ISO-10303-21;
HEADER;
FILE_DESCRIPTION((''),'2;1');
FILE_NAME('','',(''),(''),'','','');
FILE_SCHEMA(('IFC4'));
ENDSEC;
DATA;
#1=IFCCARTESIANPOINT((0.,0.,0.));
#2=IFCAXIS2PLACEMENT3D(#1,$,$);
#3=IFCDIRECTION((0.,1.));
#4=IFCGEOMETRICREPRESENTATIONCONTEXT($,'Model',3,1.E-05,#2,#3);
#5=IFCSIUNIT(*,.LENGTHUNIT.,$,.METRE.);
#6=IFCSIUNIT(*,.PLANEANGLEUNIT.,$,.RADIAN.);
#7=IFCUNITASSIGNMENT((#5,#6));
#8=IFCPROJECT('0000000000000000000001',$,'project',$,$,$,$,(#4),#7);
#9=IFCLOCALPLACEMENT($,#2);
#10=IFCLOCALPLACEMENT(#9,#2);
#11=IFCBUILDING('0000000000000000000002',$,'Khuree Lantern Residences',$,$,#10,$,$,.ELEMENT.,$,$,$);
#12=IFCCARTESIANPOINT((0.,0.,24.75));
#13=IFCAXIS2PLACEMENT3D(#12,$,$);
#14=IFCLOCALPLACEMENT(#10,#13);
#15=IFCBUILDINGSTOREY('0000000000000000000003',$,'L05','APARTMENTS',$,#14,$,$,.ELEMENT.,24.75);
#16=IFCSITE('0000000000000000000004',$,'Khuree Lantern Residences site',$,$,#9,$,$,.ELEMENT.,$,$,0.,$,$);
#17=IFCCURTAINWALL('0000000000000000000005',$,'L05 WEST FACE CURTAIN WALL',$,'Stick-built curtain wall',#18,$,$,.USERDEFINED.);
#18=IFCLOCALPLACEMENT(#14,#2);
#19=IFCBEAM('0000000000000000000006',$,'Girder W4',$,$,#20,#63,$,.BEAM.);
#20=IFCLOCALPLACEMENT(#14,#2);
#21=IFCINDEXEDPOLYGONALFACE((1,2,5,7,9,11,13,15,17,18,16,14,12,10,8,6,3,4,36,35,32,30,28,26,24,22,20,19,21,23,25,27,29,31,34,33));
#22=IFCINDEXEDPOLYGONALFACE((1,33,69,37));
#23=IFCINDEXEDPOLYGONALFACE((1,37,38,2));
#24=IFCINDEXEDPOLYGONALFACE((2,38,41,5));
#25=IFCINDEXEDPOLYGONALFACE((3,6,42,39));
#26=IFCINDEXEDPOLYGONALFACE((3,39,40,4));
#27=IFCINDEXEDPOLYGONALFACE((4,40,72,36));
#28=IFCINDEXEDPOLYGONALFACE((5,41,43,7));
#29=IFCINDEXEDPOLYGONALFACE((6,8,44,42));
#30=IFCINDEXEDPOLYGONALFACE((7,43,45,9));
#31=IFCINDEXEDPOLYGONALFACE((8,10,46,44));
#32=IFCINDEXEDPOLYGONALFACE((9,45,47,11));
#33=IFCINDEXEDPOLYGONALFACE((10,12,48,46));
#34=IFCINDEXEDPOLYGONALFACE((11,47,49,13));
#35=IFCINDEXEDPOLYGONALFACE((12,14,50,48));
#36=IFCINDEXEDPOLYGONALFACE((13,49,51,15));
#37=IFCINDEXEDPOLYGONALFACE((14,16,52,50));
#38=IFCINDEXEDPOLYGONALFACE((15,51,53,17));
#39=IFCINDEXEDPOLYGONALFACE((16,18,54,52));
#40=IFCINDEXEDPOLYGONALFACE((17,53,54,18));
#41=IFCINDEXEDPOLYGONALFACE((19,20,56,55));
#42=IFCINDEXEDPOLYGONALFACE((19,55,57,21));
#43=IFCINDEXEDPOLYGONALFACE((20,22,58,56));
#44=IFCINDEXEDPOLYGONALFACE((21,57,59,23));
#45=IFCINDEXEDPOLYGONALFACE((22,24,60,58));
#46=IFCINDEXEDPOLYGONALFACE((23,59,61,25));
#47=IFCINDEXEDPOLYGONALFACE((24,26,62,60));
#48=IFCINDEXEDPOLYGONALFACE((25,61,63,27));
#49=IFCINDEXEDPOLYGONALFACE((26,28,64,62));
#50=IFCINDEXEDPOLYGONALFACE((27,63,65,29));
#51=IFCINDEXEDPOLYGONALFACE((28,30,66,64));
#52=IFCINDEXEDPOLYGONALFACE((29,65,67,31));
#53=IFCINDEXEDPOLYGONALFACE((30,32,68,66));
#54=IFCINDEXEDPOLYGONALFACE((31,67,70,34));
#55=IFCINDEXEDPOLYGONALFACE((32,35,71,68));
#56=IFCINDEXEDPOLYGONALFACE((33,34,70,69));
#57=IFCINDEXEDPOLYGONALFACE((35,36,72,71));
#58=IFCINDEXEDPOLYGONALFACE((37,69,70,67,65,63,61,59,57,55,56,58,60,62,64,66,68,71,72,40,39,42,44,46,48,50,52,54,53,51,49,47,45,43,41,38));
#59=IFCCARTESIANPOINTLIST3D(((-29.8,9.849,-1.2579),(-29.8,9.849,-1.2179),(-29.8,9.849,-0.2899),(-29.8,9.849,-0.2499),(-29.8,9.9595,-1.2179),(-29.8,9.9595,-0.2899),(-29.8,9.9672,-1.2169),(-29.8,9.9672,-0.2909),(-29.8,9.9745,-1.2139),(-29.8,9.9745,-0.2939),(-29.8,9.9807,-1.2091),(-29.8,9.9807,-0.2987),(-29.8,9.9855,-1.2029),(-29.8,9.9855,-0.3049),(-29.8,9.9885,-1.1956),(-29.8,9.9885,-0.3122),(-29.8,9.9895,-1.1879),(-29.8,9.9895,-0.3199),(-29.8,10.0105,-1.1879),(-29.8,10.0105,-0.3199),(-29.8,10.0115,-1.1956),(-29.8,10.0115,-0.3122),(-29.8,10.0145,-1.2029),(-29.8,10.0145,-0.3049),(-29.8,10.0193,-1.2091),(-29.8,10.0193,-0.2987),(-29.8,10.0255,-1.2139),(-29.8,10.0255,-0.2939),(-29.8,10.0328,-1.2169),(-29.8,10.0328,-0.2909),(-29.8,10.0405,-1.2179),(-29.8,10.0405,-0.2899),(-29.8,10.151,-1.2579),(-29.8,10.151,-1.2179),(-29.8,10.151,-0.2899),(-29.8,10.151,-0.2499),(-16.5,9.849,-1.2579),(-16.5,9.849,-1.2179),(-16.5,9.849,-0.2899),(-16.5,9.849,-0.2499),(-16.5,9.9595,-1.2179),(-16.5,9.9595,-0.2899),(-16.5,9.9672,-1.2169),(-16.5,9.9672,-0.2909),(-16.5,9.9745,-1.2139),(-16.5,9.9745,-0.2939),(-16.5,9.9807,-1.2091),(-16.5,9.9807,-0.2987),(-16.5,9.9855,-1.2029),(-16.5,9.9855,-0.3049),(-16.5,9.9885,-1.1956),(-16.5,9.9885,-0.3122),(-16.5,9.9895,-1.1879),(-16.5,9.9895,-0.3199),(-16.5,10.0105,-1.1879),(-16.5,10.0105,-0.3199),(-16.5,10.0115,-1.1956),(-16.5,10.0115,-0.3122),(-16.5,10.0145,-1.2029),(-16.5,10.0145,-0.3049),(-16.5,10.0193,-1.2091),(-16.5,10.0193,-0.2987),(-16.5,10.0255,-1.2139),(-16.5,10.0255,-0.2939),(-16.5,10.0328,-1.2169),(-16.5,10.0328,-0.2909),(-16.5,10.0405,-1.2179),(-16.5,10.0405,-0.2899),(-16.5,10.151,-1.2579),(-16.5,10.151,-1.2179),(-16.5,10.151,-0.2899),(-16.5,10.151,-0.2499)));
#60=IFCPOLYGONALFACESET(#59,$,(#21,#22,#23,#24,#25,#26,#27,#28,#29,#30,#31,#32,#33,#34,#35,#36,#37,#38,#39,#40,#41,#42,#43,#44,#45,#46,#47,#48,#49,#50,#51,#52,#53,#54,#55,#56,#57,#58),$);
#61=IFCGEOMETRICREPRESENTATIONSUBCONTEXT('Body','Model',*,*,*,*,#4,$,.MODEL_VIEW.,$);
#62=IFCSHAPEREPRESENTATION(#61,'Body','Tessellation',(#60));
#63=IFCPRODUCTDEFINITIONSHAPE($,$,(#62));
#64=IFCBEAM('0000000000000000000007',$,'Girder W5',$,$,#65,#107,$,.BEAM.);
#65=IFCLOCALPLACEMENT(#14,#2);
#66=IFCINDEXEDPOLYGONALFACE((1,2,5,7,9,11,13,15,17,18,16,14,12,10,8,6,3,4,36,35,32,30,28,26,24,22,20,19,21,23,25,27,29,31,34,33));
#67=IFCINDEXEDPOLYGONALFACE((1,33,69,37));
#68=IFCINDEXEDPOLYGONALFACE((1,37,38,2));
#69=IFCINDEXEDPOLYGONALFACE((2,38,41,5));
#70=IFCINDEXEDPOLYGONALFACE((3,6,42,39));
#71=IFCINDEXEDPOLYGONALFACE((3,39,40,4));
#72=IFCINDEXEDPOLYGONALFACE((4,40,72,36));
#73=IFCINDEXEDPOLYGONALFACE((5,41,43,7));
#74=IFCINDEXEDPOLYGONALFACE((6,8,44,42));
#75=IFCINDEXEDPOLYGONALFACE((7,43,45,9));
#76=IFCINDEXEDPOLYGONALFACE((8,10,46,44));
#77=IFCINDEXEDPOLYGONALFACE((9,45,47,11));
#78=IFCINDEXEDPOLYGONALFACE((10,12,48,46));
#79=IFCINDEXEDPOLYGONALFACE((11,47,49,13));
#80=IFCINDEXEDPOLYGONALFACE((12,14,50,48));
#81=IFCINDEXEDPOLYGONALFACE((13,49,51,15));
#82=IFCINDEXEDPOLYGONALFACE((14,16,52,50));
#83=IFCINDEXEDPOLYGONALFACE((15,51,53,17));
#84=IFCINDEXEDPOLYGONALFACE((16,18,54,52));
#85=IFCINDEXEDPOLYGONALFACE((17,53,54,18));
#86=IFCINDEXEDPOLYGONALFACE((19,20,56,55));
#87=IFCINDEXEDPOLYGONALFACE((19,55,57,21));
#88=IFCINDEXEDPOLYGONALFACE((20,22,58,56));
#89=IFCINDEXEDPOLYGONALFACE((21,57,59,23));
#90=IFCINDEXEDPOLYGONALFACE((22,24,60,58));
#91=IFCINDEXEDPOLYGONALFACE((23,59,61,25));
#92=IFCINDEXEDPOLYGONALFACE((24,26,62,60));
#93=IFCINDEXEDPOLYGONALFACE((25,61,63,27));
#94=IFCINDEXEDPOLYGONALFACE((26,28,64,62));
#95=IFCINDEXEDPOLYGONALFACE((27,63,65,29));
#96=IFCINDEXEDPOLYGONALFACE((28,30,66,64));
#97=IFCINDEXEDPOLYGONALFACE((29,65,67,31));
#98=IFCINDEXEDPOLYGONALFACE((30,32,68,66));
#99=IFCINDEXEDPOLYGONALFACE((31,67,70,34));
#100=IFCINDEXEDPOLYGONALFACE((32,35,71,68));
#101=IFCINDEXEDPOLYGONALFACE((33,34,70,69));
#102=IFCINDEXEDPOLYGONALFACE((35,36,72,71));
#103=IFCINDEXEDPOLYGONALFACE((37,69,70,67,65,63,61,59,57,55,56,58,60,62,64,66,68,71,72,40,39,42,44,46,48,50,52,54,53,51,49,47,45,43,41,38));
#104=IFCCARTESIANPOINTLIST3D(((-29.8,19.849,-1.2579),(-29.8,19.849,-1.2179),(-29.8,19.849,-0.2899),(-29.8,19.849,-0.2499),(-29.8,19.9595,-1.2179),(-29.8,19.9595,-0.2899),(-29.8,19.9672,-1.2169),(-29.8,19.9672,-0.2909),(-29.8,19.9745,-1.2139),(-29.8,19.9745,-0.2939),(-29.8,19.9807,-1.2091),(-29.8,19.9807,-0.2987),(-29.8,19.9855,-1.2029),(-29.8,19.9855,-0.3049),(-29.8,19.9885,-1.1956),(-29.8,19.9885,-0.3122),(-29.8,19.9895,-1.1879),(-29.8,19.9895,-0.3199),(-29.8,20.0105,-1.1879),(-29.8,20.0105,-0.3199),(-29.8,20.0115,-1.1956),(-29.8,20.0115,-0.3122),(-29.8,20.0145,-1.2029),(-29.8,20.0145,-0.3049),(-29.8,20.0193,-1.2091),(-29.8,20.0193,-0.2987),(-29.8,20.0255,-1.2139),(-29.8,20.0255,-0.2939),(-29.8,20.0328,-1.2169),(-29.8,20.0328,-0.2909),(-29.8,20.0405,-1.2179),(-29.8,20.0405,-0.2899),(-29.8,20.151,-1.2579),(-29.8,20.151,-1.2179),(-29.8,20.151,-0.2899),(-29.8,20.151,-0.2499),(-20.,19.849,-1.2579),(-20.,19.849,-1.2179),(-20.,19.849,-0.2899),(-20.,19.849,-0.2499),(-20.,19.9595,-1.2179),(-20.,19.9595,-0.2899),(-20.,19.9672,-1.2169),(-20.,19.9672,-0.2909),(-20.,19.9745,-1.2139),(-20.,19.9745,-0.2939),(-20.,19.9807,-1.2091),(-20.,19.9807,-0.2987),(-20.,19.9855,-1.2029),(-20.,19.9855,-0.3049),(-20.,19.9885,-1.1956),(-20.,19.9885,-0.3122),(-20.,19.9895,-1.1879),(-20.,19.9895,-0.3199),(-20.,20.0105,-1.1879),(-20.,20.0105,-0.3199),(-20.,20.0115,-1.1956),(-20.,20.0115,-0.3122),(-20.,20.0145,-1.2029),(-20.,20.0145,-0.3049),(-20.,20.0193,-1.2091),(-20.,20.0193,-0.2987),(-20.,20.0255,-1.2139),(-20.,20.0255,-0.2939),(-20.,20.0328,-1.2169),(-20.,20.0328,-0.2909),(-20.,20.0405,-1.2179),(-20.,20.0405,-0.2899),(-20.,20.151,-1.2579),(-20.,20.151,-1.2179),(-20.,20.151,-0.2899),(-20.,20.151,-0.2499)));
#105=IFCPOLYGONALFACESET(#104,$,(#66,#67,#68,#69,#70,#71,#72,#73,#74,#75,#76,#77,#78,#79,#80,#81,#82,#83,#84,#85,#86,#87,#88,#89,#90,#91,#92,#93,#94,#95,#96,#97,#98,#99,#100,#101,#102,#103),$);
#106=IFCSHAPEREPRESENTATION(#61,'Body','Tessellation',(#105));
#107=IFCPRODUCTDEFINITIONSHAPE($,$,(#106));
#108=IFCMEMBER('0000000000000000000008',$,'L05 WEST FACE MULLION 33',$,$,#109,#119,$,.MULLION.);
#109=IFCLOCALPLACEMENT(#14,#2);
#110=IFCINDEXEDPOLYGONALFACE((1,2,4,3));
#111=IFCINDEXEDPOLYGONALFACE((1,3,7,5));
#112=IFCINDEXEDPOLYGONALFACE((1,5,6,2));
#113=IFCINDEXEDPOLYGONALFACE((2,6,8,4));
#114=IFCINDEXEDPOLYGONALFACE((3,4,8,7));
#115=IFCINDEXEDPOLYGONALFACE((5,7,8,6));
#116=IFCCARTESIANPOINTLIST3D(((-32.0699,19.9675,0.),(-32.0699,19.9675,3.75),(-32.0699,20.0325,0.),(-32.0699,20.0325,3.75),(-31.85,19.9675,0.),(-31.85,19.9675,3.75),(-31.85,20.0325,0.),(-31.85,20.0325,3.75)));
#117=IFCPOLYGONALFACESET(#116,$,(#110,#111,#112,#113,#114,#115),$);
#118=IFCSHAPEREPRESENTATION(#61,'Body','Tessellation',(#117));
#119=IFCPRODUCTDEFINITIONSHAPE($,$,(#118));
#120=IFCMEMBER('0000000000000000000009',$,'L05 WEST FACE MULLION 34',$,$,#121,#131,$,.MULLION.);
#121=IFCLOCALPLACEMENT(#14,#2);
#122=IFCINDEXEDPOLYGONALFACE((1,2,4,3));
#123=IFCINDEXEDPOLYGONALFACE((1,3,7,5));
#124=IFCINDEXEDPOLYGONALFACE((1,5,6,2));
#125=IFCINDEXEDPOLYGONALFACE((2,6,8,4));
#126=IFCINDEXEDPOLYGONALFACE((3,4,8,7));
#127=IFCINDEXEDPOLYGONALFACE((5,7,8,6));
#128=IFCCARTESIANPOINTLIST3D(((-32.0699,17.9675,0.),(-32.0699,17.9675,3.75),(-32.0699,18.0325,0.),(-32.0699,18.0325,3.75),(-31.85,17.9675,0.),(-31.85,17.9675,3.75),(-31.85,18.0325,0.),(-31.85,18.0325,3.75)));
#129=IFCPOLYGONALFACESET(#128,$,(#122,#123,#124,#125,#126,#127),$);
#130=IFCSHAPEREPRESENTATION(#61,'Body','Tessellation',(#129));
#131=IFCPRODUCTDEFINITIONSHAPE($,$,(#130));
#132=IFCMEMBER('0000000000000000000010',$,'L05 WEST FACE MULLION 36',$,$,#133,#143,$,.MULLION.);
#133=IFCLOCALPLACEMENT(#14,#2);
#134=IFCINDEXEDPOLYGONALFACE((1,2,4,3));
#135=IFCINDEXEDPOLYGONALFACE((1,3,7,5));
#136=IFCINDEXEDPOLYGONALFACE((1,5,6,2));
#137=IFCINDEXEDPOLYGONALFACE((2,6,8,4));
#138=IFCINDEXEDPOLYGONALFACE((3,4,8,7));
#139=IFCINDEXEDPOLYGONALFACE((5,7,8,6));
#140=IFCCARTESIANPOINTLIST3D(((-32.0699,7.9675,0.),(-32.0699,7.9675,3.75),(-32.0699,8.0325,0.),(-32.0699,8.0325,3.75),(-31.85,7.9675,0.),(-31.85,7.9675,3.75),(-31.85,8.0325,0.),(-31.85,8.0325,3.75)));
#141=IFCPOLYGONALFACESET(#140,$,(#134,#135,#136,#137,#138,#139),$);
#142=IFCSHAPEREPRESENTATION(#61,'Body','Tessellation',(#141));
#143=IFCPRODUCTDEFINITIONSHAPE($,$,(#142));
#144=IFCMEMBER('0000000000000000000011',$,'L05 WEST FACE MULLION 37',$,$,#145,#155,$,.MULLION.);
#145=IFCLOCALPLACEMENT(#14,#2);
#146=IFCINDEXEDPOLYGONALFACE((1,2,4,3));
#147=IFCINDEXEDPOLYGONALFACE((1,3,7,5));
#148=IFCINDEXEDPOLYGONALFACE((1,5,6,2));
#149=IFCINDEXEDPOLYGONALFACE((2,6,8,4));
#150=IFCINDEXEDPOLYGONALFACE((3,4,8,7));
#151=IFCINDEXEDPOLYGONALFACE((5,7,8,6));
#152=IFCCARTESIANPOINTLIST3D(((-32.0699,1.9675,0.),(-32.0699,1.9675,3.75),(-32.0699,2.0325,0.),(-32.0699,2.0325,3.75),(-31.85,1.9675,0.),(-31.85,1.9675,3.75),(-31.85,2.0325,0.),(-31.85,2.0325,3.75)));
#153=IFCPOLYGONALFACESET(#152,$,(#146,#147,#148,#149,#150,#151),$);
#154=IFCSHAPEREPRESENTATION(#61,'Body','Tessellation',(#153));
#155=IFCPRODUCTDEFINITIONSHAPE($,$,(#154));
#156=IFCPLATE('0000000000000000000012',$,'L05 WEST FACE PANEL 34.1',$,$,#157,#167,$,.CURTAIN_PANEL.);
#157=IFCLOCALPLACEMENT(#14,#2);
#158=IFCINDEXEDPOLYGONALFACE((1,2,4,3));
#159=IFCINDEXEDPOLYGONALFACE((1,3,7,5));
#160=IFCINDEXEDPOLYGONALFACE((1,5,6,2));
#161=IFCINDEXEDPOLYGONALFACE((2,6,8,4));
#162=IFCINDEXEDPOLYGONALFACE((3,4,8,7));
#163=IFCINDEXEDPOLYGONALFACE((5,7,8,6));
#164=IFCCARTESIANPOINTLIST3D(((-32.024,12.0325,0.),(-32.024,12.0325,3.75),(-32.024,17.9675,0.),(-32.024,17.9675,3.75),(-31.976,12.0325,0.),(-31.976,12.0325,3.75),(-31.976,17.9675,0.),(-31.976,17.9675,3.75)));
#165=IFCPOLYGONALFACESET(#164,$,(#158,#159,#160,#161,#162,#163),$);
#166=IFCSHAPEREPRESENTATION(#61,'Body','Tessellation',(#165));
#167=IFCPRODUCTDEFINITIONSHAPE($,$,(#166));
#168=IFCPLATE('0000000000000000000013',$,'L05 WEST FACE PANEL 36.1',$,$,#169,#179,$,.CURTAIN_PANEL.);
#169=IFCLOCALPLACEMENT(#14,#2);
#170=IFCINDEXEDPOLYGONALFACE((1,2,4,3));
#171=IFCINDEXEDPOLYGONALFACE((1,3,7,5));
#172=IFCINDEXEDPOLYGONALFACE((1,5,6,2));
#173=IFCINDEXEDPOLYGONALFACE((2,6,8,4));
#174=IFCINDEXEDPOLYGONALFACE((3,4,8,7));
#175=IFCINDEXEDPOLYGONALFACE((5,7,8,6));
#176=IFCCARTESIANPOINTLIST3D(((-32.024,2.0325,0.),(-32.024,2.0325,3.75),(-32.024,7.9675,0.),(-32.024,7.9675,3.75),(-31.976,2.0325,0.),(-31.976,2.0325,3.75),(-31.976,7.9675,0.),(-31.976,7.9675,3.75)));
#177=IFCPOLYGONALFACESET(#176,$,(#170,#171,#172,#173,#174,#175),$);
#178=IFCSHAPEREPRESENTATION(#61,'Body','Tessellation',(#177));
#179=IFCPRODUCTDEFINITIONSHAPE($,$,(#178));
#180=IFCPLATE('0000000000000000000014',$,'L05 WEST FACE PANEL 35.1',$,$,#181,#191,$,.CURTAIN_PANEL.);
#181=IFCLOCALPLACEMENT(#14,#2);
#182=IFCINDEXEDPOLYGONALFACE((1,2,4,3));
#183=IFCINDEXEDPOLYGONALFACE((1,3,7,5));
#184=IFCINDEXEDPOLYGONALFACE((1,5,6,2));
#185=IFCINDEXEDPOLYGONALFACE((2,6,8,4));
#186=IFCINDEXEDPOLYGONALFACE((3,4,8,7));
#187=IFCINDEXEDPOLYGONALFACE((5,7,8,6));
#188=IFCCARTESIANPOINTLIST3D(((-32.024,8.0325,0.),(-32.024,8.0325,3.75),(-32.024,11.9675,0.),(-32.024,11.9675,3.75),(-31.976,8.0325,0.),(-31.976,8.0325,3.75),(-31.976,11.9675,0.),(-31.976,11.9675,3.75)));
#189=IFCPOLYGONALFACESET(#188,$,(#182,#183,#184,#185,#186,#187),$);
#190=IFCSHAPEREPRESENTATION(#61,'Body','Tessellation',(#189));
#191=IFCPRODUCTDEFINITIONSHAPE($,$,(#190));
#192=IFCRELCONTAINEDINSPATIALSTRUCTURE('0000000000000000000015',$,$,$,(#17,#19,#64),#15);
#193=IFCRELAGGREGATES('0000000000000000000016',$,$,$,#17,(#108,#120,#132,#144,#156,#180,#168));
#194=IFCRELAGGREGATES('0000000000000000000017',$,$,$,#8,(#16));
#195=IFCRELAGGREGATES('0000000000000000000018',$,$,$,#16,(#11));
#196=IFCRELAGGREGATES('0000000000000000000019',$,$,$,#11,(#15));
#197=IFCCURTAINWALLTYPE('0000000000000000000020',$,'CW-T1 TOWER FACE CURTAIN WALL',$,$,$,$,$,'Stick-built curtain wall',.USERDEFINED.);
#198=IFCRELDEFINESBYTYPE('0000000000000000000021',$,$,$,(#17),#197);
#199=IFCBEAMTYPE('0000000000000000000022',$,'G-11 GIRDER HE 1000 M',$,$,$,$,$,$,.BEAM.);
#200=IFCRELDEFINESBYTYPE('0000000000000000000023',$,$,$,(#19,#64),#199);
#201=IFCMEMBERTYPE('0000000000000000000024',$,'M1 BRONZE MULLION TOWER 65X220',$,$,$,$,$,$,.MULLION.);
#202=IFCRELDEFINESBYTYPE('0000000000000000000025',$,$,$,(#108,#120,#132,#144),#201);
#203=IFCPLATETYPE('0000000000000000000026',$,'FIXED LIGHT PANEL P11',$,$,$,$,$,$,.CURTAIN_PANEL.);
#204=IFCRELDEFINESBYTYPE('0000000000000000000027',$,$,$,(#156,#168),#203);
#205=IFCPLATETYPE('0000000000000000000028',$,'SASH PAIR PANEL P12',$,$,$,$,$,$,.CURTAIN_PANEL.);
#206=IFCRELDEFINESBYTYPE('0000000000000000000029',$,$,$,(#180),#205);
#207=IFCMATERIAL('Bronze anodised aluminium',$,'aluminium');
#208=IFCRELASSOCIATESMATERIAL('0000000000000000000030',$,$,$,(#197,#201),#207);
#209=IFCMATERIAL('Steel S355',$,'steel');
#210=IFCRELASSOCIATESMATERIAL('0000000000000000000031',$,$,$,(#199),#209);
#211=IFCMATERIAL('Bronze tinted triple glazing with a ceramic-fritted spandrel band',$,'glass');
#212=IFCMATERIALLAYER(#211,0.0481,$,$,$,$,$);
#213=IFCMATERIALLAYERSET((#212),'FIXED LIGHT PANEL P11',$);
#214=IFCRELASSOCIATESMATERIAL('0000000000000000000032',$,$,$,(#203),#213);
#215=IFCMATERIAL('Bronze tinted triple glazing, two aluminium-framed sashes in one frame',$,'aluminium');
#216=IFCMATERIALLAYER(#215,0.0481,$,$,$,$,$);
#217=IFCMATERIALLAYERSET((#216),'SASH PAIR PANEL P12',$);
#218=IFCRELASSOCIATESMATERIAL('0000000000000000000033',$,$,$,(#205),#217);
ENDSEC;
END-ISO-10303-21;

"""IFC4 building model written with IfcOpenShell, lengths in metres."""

from ifc_helpers import new_model, si_unit, direction, frame, origin, origin_2d, place, context, subcontext, project, spatial, rectangle, i_section, extrude, material, layer, layer_set, material_profile, profile_set, type_object, element, aggregate, save


model = new_model("IFC4")

# Units and contexts
model_context = context("Model", 3, precision=1e-05, world=origin(), true_north=direction((0.0, 1.0)))
body_context = subcontext(model_context, "Body", "Model", "MODEL_VIEW")
ifc_project = project(units=[si_unit("LENGTHUNIT", "METRE"), si_unit("PLANEANGLEUNIT", "RADIAN")], contexts=[model_context])

# Site, building, storey
site_placement = place(None, origin())
site = spatial("IfcSite", under=ifc_project, at=site_placement, Name="Khuree Lantern Residences site", CompositionType="ELEMENT", RefElevation=0.0)
building_placement = place(site_placement, origin())
building = spatial("IfcBuilding", under=site, at=building_placement, Name="Khuree Lantern Residences", CompositionType="ELEMENT")
storey_placement = place(building_placement, frame((0.0, 0.0, 24.75)))
storey = spatial("IfcBuildingStorey", under=building, at=storey_placement, Name="L05", Description="APARTMENTS", CompositionType="ELEMENT", Elevation=24.75)

# Shared definitions
ifc_material_1 = material(Name="Steel S355", Category="steel")

# Curtain wall
ifc_material_2 = material(Name="Bronze anodised aluminium", Category="aluminium")
curtain_wall_type = type_object("IfcCurtainWallType", Name="CW-T1 TOWER FACE CURTAIN WALL", ElementType="Stick-built curtain wall", PredefinedType="USERDEFINED", material=ifc_material_2)
curtain_wall_placement = place(storey_placement, origin())
curtain_wall = element("IfcCurtainWall", 1, at=curtain_wall_placement, inside=storey, type_object=curtain_wall_type, Name="L05 WEST FACE CURTAIN WALL", ObjectType="Stick-built curtain wall", PredefinedType="USERDEFINED")

# Beams
ifc_material_profile_1 = material_profile(ifc_material_1, i_section(OverallWidth=0.302, OverallDepth=1.0081, WebThickness=0.021, FlangeThickness=0.04, FilletRadius=0.03, at=origin_2d()), Name="HE 1000 M")
ifc_profile_set_1 = profile_set([ifc_material_profile_1], Name="Steel S355")
beam_type_1 = type_object("IfcBeamType", Name="G-11 GIRDER HE 1000 M", PredefinedType="BEAM", material=ifc_profile_set_1)
beam_1_placement = place(storey_placement, frame((-29.8, 10.0, -0.7539), z_axis=(1.0, 0.0, 0.0), x_axis=(0.0, 1.0, 0.0)))
element("IfcBeam", 2, at=beam_1_placement, inside=storey, type_object=beam_type_1, Name="Girder W4", PredefinedType="BEAM", context=body_context, shape_type="SweptSolid", body=[
    extrude(i_section(OverallWidth=0.302, OverallDepth=1.0081, WebThickness=0.021, FlangeThickness=0.04, FilletRadius=0.03, at=origin_2d()), origin(), (0.0, 0.0, 1.0), 13.3),
])
beam_2_placement = place(storey_placement, frame((-29.8, 20.0, -0.7539), z_axis=(1.0, 0.0, 0.0), x_axis=(0.0, 1.0, 0.0)))
element("IfcBeam", 3, at=beam_2_placement, inside=storey, type_object=beam_type_1, Name="Girder W5", PredefinedType="BEAM", context=body_context, shape_type="SweptSolid", body=[
    extrude(i_section(OverallWidth=0.302, OverallDepth=1.0081, WebThickness=0.021, FlangeThickness=0.04, FilletRadius=0.03, at=origin_2d()), origin(), (0.0, 0.0, 1.0), 9.8),
])

# Members
ifc_material_profile_2 = material_profile(ifc_material_2, rectangle(XDim=0.0649, YDim=0.22, at=origin_2d()), Name="M1 65X220")
ifc_profile_set_2 = profile_set([ifc_material_profile_2], Name="Bronze anodised aluminium")
member_type_1 = type_object("IfcMemberType", Name="M1 BRONZE MULLION TOWER 65X220", PredefinedType="MULLION", material=ifc_profile_set_2)
member_1_placement = place(storey_placement, frame((-31.96, 20.0, 0.0), z_axis=(0.0, 0.0, 1.0), x_axis=(0.0, -1.0, 0.0)))
member_1 = element("IfcMember", 4, at=member_1_placement, type_object=member_type_1, Name="L05 WEST FACE MULLION 33", PredefinedType="MULLION", context=body_context, shape_type="SweptSolid", body=[
    extrude(rectangle(XDim=0.0649, YDim=0.22, at=origin_2d()), origin(), (0.0, 0.0, 1.0), 3.75),
])
member_2_placement = place(storey_placement, frame((-31.96, 18.0, 0.0), z_axis=(0.0, 0.0, 1.0), x_axis=(0.0, -1.0, 0.0)))
member_2 = element("IfcMember", 5, at=member_2_placement, type_object=member_type_1, Name="L05 WEST FACE MULLION 34", PredefinedType="MULLION", context=body_context, shape_type="SweptSolid", body=[
    extrude(rectangle(XDim=0.0649, YDim=0.22, at=origin_2d()), origin(), (0.0, 0.0, 1.0), 3.75),
])
member_3_placement = place(storey_placement, frame((-31.96, 8.0, 0.0), z_axis=(0.0, 0.0, 1.0), x_axis=(0.0, -1.0, 0.0)))
member_3 = element("IfcMember", 6, at=member_3_placement, type_object=member_type_1, Name="L05 WEST FACE MULLION 36", PredefinedType="MULLION", context=body_context, shape_type="SweptSolid", body=[
    extrude(rectangle(XDim=0.0649, YDim=0.22, at=origin_2d()), origin(), (0.0, 0.0, 1.0), 3.75),
])
member_4_placement = place(storey_placement, frame((-31.96, 2.0, 0.0), z_axis=(0.0, 0.0, 1.0), x_axis=(0.0, -1.0, 0.0)))
member_4 = element("IfcMember", 7, at=member_4_placement, type_object=member_type_1, Name="L05 WEST FACE MULLION 37", PredefinedType="MULLION", context=body_context, shape_type="SweptSolid", body=[
    extrude(rectangle(XDim=0.0649, YDim=0.22, at=origin_2d()), origin(), (0.0, 0.0, 1.0), 3.75),
])

# Plates
ifc_material_3 = material(Name="Bronze tinted triple glazing with a ceramic-fritted spandrel band", Category="glass")
ifc_layer_1 = layer(ifc_material_3, 0.0481)
ifc_layer_set_1 = layer_set([ifc_layer_1], Name="FIXED LIGHT PANEL P11")
plate_type_1 = type_object("IfcPlateType", Name="FIXED LIGHT PANEL P11", PredefinedType="CURTAIN_PANEL", material=ifc_layer_set_1)
plate_1_placement = place(storey_placement, frame((-32.0, 15.0, 0.0), z_axis=(0.0, 0.0, 1.0), x_axis=(0.0, -1.0, 0.0)))
plate_1 = element("IfcPlate", 8, at=plate_1_placement, type_object=plate_type_1, Name="L05 WEST FACE PANEL 34.1", PredefinedType="CURTAIN_PANEL", context=body_context, shape_type="SweptSolid", body=[
    extrude(rectangle(XDim=5.9351, YDim=0.0481, at=origin_2d()), origin(), (0.0, 0.0, 1.0), 3.75),
])
plate_2_placement = place(storey_placement, frame((-32.0, 5.0, 0.0), z_axis=(0.0, 0.0, 1.0), x_axis=(0.0, -1.0, 0.0)))
plate_2 = element("IfcPlate", 9, at=plate_2_placement, type_object=plate_type_1, Name="L05 WEST FACE PANEL 36.1", PredefinedType="CURTAIN_PANEL", context=body_context, shape_type="SweptSolid", body=[
    extrude(rectangle(XDim=5.9351, YDim=0.0481, at=origin_2d()), origin(), (0.0, 0.0, 1.0), 3.75),
])
ifc_material_4 = material(Name="Bronze tinted triple glazing, two aluminium-framed sashes in one frame", Category="aluminium")
ifc_layer_2 = layer(ifc_material_4, 0.0481)
ifc_layer_set_2 = layer_set([ifc_layer_2], Name="SASH PAIR PANEL P12")
plate_type_2 = type_object("IfcPlateType", Name="SASH PAIR PANEL P12", PredefinedType="CURTAIN_PANEL", material=ifc_layer_set_2)
plate_3_placement = place(storey_placement, frame((-32.0, 10.0, 0.0), z_axis=(0.0, 0.0, 1.0), x_axis=(0.0, -1.0, 0.0)))
plate_3 = element("IfcPlate", 10, at=plate_3_placement, type_object=plate_type_2, Name="L05 WEST FACE PANEL 35.1", PredefinedType="CURTAIN_PANEL", context=body_context, shape_type="SweptSolid", body=[
    extrude(rectangle(XDim=3.9351, YDim=0.0481, at=origin_2d()), origin(), (0.0, 0.0, 1.0), 3.75),
])
aggregate(curtain_wall, [member_1, member_2, member_3, member_4, plate_1, plate_3, plate_2])

save(model, "model.ifc")
